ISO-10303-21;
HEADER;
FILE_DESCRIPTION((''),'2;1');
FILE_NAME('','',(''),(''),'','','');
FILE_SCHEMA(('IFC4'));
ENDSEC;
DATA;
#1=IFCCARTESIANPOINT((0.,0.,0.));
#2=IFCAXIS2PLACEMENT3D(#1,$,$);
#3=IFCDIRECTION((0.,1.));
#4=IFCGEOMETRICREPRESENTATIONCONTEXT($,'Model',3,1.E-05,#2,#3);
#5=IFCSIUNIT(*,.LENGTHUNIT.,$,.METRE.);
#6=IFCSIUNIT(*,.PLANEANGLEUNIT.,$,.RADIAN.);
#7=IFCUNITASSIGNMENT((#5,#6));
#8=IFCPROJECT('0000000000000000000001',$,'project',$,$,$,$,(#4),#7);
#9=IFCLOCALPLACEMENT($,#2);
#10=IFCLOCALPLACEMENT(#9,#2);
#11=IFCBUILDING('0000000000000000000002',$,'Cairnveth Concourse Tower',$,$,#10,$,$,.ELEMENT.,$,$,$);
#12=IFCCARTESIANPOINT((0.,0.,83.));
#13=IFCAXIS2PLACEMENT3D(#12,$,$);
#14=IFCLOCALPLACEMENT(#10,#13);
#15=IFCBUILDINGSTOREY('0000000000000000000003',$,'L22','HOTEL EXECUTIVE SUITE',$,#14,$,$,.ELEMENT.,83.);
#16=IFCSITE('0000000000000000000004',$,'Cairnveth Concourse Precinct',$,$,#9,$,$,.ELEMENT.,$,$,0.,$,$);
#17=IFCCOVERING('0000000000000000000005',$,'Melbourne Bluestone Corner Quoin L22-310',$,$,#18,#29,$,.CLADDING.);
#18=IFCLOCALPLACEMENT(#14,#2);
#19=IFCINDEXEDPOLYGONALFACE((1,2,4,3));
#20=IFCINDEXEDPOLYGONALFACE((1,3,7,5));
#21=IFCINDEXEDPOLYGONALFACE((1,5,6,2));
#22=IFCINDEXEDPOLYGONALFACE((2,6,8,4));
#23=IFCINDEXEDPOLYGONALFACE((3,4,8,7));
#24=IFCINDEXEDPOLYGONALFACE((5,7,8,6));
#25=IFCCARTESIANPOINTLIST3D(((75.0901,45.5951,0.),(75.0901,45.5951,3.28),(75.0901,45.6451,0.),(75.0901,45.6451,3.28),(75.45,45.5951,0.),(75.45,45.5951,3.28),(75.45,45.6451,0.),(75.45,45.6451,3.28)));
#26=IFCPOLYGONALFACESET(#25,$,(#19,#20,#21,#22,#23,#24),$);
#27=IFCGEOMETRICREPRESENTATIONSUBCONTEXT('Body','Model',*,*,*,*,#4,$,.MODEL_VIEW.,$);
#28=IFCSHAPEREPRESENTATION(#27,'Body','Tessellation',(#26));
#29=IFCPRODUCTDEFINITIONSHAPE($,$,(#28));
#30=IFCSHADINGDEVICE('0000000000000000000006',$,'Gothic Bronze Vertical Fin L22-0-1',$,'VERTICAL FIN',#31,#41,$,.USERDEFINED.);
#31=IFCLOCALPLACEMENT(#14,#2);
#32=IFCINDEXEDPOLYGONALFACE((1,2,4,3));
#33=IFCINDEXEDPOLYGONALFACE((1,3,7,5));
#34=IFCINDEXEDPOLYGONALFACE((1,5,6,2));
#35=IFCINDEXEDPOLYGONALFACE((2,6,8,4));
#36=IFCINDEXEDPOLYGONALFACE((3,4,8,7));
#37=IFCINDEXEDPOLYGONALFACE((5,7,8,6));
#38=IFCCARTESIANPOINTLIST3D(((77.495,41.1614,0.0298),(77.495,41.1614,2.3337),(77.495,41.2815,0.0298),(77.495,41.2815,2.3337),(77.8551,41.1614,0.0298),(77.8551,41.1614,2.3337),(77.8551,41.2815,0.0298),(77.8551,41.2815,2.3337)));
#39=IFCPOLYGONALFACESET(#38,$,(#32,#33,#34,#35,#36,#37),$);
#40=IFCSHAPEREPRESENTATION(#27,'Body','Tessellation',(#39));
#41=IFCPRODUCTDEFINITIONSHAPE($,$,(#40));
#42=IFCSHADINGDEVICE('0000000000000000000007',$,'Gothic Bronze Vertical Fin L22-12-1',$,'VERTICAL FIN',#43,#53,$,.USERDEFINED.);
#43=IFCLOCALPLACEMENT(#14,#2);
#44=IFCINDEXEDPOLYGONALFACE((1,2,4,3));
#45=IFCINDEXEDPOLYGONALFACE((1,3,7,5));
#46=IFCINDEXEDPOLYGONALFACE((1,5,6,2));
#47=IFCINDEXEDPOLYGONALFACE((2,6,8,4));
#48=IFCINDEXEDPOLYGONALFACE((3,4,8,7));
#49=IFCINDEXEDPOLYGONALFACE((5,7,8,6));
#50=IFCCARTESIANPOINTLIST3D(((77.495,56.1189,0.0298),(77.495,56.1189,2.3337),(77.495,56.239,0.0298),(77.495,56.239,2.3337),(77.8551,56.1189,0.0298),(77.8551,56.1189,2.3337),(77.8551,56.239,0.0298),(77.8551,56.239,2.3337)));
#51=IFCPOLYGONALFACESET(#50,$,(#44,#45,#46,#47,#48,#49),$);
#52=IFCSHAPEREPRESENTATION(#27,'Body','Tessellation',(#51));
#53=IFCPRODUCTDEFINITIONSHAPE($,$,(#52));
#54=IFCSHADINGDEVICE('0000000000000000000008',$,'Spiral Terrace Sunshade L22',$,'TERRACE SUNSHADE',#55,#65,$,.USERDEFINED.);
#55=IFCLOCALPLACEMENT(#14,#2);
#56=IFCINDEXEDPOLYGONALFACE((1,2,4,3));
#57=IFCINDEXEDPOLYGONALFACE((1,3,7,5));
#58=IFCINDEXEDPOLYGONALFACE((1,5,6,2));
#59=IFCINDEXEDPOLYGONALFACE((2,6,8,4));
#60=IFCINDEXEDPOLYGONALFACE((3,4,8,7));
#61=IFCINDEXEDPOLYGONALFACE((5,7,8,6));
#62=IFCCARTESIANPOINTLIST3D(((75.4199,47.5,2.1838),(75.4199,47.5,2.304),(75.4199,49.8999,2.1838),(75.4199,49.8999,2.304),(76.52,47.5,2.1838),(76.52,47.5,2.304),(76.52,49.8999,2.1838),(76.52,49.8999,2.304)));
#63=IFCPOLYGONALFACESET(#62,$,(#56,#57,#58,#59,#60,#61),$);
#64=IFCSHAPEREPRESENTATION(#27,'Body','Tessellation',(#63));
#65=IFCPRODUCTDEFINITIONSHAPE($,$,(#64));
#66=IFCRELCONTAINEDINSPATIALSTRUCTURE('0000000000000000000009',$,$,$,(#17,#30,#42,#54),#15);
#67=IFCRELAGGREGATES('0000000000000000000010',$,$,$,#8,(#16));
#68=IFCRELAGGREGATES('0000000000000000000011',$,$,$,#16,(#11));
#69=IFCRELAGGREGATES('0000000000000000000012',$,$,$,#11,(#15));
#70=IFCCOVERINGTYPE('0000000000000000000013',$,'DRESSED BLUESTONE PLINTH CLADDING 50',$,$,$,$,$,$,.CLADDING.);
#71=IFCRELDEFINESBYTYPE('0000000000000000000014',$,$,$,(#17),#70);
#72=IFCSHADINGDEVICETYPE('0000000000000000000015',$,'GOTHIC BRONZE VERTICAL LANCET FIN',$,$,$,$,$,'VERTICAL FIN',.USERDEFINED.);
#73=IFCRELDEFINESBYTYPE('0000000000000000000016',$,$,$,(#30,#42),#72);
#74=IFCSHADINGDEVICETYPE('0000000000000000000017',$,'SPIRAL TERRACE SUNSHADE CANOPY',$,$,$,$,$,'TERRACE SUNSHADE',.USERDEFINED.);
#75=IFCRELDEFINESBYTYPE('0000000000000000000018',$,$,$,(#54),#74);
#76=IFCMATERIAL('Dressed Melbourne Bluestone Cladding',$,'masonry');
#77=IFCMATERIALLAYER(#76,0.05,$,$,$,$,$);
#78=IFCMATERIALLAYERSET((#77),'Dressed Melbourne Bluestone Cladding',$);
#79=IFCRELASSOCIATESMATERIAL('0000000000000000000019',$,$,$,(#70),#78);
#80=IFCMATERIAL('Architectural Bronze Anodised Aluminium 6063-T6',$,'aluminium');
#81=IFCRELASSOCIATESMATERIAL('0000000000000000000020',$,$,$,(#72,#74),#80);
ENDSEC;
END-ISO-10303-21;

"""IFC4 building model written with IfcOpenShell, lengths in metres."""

from ifc_helpers import new_model, si_unit, direction, frame, frame_2d, origin, origin_2d, place, context, subcontext, project, spatial, rectangle, extrude, material, layer, layer_set, type_object, element, save


model = new_model("IFC4")

# Units and contexts
model_context = context("Model", 3, precision=1e-05, world=origin(), true_north=direction((0.0, 1.0)))
body_context = subcontext(model_context, "Body", "Model", "MODEL_VIEW")
ifc_project = project(units=[si_unit("LENGTHUNIT", "METRE"), si_unit("PLANEANGLEUNIT", "RADIAN")], contexts=[model_context])

# Site, building, storey
site_placement = place(None, origin())
site = spatial("IfcSite", under=ifc_project, at=site_placement, Name="Cairnveth Concourse Precinct", CompositionType="ELEMENT", RefElevation=0.0)
building_placement = place(site_placement, origin())
building = spatial("IfcBuilding", under=site, at=building_placement, Name="Cairnveth Concourse Tower", CompositionType="ELEMENT")
storey_placement = place(building_placement, frame((0.0, 0.0, 83.0)))
storey = spatial("IfcBuildingStorey", under=building, at=storey_placement, Name="L22", Description="HOTEL EXECUTIVE SUITE", CompositionType="ELEMENT", Elevation=83.0)

# Shared definitions
ifc_material_1 = material(Name="Dressed Melbourne Bluestone Cladding", Category="masonry")

# Shared definitions
ifc_material_2 = material(Name="Architectural Bronze Anodised Aluminium 6063-T6", Category="aluminium")

# Covering
ifc_layer_1 = layer(ifc_material_1, 0.05)
ifc_layer_set_1 = layer_set([ifc_layer_1], Name="Dressed Melbourne Bluestone Cladding")
covering_type = type_object("IfcCoveringType", Name="DRESSED BLUESTONE PLINTH CLADDING 50", PredefinedType="CLADDING", material=ifc_layer_set_1)
covering_placement = place(storey_placement, frame((75.0901, 45.6201, 0.0), z_axis=(0.0, 0.0, 1.0), x_axis=(1.0, 0.0, 0.0)))
element("IfcCovering", 1, at=covering_placement, inside=storey, type_object=covering_type, Name="Melbourne Bluestone Corner Quoin L22-310", PredefinedType="CLADDING", context=body_context, shape_type="SweptSolid", body=[
    extrude(rectangle(XDim=0.3599, YDim=0.05, at=frame_2d((0.1799, 0.0))), origin(), (0.0, 0.0, 1.0), 3.28),
])

# Shading devices
shading_device_type_1 = type_object("IfcShadingDeviceType", Name="GOTHIC BRONZE VERTICAL LANCET FIN", ElementType="VERTICAL FIN", PredefinedType="USERDEFINED", material=ifc_material_2)
for number, where, z_axis, x_axis, name in (
    (2, (77.675, 41.2214, 0.0298), (0.0, 0.0, 1.0), (0.0, 1.0, 0.0), "Gothic Bronze Vertical Fin L22-0-1"),
    (3, (77.675, 56.179, 0.0298), (0.0, 0.0, 1.0), (0.0, 1.0, 0.0), "Gothic Bronze Vertical Fin L22-12-1"),
):
    element("IfcShadingDevice", number, at=place(storey_placement, frame(where, z_axis=z_axis, x_axis=x_axis)), inside=storey, type_object=shading_device_type_1, Name=name, ObjectType="VERTICAL FIN", PredefinedType="USERDEFINED", context=body_context, shape_type="SweptSolid", body=[
        extrude(rectangle(XDim=0.1201, YDim=0.3601, at=origin_2d()), origin(), (0.0, 0.0, 1.0), 2.304),
    ])
shading_device_type_2 = type_object("IfcShadingDeviceType", Name="SPIRAL TERRACE SUNSHADE CANOPY", ElementType="TERRACE SUNSHADE", PredefinedType="USERDEFINED", material=ifc_material_2)
shading_device_placement = place(storey_placement, frame((75.97, 48.7, 2.1838), z_axis=(0.0, 0.0, 1.0), x_axis=(1.0, 0.0, 0.0)))
element("IfcShadingDevice", 4, at=shading_device_placement, inside=storey, type_object=shading_device_type_2, Name="Spiral Terrace Sunshade L22", ObjectType="TERRACE SUNSHADE", PredefinedType="USERDEFINED", context=body_context, shape_type="SweptSolid", body=[
    extrude(rectangle(XDim=1.1001, YDim=2.3999, at=origin_2d()), origin(), (0.0, 0.0, 1.0), 0.1201),
])

save(model, "model.ifc")
